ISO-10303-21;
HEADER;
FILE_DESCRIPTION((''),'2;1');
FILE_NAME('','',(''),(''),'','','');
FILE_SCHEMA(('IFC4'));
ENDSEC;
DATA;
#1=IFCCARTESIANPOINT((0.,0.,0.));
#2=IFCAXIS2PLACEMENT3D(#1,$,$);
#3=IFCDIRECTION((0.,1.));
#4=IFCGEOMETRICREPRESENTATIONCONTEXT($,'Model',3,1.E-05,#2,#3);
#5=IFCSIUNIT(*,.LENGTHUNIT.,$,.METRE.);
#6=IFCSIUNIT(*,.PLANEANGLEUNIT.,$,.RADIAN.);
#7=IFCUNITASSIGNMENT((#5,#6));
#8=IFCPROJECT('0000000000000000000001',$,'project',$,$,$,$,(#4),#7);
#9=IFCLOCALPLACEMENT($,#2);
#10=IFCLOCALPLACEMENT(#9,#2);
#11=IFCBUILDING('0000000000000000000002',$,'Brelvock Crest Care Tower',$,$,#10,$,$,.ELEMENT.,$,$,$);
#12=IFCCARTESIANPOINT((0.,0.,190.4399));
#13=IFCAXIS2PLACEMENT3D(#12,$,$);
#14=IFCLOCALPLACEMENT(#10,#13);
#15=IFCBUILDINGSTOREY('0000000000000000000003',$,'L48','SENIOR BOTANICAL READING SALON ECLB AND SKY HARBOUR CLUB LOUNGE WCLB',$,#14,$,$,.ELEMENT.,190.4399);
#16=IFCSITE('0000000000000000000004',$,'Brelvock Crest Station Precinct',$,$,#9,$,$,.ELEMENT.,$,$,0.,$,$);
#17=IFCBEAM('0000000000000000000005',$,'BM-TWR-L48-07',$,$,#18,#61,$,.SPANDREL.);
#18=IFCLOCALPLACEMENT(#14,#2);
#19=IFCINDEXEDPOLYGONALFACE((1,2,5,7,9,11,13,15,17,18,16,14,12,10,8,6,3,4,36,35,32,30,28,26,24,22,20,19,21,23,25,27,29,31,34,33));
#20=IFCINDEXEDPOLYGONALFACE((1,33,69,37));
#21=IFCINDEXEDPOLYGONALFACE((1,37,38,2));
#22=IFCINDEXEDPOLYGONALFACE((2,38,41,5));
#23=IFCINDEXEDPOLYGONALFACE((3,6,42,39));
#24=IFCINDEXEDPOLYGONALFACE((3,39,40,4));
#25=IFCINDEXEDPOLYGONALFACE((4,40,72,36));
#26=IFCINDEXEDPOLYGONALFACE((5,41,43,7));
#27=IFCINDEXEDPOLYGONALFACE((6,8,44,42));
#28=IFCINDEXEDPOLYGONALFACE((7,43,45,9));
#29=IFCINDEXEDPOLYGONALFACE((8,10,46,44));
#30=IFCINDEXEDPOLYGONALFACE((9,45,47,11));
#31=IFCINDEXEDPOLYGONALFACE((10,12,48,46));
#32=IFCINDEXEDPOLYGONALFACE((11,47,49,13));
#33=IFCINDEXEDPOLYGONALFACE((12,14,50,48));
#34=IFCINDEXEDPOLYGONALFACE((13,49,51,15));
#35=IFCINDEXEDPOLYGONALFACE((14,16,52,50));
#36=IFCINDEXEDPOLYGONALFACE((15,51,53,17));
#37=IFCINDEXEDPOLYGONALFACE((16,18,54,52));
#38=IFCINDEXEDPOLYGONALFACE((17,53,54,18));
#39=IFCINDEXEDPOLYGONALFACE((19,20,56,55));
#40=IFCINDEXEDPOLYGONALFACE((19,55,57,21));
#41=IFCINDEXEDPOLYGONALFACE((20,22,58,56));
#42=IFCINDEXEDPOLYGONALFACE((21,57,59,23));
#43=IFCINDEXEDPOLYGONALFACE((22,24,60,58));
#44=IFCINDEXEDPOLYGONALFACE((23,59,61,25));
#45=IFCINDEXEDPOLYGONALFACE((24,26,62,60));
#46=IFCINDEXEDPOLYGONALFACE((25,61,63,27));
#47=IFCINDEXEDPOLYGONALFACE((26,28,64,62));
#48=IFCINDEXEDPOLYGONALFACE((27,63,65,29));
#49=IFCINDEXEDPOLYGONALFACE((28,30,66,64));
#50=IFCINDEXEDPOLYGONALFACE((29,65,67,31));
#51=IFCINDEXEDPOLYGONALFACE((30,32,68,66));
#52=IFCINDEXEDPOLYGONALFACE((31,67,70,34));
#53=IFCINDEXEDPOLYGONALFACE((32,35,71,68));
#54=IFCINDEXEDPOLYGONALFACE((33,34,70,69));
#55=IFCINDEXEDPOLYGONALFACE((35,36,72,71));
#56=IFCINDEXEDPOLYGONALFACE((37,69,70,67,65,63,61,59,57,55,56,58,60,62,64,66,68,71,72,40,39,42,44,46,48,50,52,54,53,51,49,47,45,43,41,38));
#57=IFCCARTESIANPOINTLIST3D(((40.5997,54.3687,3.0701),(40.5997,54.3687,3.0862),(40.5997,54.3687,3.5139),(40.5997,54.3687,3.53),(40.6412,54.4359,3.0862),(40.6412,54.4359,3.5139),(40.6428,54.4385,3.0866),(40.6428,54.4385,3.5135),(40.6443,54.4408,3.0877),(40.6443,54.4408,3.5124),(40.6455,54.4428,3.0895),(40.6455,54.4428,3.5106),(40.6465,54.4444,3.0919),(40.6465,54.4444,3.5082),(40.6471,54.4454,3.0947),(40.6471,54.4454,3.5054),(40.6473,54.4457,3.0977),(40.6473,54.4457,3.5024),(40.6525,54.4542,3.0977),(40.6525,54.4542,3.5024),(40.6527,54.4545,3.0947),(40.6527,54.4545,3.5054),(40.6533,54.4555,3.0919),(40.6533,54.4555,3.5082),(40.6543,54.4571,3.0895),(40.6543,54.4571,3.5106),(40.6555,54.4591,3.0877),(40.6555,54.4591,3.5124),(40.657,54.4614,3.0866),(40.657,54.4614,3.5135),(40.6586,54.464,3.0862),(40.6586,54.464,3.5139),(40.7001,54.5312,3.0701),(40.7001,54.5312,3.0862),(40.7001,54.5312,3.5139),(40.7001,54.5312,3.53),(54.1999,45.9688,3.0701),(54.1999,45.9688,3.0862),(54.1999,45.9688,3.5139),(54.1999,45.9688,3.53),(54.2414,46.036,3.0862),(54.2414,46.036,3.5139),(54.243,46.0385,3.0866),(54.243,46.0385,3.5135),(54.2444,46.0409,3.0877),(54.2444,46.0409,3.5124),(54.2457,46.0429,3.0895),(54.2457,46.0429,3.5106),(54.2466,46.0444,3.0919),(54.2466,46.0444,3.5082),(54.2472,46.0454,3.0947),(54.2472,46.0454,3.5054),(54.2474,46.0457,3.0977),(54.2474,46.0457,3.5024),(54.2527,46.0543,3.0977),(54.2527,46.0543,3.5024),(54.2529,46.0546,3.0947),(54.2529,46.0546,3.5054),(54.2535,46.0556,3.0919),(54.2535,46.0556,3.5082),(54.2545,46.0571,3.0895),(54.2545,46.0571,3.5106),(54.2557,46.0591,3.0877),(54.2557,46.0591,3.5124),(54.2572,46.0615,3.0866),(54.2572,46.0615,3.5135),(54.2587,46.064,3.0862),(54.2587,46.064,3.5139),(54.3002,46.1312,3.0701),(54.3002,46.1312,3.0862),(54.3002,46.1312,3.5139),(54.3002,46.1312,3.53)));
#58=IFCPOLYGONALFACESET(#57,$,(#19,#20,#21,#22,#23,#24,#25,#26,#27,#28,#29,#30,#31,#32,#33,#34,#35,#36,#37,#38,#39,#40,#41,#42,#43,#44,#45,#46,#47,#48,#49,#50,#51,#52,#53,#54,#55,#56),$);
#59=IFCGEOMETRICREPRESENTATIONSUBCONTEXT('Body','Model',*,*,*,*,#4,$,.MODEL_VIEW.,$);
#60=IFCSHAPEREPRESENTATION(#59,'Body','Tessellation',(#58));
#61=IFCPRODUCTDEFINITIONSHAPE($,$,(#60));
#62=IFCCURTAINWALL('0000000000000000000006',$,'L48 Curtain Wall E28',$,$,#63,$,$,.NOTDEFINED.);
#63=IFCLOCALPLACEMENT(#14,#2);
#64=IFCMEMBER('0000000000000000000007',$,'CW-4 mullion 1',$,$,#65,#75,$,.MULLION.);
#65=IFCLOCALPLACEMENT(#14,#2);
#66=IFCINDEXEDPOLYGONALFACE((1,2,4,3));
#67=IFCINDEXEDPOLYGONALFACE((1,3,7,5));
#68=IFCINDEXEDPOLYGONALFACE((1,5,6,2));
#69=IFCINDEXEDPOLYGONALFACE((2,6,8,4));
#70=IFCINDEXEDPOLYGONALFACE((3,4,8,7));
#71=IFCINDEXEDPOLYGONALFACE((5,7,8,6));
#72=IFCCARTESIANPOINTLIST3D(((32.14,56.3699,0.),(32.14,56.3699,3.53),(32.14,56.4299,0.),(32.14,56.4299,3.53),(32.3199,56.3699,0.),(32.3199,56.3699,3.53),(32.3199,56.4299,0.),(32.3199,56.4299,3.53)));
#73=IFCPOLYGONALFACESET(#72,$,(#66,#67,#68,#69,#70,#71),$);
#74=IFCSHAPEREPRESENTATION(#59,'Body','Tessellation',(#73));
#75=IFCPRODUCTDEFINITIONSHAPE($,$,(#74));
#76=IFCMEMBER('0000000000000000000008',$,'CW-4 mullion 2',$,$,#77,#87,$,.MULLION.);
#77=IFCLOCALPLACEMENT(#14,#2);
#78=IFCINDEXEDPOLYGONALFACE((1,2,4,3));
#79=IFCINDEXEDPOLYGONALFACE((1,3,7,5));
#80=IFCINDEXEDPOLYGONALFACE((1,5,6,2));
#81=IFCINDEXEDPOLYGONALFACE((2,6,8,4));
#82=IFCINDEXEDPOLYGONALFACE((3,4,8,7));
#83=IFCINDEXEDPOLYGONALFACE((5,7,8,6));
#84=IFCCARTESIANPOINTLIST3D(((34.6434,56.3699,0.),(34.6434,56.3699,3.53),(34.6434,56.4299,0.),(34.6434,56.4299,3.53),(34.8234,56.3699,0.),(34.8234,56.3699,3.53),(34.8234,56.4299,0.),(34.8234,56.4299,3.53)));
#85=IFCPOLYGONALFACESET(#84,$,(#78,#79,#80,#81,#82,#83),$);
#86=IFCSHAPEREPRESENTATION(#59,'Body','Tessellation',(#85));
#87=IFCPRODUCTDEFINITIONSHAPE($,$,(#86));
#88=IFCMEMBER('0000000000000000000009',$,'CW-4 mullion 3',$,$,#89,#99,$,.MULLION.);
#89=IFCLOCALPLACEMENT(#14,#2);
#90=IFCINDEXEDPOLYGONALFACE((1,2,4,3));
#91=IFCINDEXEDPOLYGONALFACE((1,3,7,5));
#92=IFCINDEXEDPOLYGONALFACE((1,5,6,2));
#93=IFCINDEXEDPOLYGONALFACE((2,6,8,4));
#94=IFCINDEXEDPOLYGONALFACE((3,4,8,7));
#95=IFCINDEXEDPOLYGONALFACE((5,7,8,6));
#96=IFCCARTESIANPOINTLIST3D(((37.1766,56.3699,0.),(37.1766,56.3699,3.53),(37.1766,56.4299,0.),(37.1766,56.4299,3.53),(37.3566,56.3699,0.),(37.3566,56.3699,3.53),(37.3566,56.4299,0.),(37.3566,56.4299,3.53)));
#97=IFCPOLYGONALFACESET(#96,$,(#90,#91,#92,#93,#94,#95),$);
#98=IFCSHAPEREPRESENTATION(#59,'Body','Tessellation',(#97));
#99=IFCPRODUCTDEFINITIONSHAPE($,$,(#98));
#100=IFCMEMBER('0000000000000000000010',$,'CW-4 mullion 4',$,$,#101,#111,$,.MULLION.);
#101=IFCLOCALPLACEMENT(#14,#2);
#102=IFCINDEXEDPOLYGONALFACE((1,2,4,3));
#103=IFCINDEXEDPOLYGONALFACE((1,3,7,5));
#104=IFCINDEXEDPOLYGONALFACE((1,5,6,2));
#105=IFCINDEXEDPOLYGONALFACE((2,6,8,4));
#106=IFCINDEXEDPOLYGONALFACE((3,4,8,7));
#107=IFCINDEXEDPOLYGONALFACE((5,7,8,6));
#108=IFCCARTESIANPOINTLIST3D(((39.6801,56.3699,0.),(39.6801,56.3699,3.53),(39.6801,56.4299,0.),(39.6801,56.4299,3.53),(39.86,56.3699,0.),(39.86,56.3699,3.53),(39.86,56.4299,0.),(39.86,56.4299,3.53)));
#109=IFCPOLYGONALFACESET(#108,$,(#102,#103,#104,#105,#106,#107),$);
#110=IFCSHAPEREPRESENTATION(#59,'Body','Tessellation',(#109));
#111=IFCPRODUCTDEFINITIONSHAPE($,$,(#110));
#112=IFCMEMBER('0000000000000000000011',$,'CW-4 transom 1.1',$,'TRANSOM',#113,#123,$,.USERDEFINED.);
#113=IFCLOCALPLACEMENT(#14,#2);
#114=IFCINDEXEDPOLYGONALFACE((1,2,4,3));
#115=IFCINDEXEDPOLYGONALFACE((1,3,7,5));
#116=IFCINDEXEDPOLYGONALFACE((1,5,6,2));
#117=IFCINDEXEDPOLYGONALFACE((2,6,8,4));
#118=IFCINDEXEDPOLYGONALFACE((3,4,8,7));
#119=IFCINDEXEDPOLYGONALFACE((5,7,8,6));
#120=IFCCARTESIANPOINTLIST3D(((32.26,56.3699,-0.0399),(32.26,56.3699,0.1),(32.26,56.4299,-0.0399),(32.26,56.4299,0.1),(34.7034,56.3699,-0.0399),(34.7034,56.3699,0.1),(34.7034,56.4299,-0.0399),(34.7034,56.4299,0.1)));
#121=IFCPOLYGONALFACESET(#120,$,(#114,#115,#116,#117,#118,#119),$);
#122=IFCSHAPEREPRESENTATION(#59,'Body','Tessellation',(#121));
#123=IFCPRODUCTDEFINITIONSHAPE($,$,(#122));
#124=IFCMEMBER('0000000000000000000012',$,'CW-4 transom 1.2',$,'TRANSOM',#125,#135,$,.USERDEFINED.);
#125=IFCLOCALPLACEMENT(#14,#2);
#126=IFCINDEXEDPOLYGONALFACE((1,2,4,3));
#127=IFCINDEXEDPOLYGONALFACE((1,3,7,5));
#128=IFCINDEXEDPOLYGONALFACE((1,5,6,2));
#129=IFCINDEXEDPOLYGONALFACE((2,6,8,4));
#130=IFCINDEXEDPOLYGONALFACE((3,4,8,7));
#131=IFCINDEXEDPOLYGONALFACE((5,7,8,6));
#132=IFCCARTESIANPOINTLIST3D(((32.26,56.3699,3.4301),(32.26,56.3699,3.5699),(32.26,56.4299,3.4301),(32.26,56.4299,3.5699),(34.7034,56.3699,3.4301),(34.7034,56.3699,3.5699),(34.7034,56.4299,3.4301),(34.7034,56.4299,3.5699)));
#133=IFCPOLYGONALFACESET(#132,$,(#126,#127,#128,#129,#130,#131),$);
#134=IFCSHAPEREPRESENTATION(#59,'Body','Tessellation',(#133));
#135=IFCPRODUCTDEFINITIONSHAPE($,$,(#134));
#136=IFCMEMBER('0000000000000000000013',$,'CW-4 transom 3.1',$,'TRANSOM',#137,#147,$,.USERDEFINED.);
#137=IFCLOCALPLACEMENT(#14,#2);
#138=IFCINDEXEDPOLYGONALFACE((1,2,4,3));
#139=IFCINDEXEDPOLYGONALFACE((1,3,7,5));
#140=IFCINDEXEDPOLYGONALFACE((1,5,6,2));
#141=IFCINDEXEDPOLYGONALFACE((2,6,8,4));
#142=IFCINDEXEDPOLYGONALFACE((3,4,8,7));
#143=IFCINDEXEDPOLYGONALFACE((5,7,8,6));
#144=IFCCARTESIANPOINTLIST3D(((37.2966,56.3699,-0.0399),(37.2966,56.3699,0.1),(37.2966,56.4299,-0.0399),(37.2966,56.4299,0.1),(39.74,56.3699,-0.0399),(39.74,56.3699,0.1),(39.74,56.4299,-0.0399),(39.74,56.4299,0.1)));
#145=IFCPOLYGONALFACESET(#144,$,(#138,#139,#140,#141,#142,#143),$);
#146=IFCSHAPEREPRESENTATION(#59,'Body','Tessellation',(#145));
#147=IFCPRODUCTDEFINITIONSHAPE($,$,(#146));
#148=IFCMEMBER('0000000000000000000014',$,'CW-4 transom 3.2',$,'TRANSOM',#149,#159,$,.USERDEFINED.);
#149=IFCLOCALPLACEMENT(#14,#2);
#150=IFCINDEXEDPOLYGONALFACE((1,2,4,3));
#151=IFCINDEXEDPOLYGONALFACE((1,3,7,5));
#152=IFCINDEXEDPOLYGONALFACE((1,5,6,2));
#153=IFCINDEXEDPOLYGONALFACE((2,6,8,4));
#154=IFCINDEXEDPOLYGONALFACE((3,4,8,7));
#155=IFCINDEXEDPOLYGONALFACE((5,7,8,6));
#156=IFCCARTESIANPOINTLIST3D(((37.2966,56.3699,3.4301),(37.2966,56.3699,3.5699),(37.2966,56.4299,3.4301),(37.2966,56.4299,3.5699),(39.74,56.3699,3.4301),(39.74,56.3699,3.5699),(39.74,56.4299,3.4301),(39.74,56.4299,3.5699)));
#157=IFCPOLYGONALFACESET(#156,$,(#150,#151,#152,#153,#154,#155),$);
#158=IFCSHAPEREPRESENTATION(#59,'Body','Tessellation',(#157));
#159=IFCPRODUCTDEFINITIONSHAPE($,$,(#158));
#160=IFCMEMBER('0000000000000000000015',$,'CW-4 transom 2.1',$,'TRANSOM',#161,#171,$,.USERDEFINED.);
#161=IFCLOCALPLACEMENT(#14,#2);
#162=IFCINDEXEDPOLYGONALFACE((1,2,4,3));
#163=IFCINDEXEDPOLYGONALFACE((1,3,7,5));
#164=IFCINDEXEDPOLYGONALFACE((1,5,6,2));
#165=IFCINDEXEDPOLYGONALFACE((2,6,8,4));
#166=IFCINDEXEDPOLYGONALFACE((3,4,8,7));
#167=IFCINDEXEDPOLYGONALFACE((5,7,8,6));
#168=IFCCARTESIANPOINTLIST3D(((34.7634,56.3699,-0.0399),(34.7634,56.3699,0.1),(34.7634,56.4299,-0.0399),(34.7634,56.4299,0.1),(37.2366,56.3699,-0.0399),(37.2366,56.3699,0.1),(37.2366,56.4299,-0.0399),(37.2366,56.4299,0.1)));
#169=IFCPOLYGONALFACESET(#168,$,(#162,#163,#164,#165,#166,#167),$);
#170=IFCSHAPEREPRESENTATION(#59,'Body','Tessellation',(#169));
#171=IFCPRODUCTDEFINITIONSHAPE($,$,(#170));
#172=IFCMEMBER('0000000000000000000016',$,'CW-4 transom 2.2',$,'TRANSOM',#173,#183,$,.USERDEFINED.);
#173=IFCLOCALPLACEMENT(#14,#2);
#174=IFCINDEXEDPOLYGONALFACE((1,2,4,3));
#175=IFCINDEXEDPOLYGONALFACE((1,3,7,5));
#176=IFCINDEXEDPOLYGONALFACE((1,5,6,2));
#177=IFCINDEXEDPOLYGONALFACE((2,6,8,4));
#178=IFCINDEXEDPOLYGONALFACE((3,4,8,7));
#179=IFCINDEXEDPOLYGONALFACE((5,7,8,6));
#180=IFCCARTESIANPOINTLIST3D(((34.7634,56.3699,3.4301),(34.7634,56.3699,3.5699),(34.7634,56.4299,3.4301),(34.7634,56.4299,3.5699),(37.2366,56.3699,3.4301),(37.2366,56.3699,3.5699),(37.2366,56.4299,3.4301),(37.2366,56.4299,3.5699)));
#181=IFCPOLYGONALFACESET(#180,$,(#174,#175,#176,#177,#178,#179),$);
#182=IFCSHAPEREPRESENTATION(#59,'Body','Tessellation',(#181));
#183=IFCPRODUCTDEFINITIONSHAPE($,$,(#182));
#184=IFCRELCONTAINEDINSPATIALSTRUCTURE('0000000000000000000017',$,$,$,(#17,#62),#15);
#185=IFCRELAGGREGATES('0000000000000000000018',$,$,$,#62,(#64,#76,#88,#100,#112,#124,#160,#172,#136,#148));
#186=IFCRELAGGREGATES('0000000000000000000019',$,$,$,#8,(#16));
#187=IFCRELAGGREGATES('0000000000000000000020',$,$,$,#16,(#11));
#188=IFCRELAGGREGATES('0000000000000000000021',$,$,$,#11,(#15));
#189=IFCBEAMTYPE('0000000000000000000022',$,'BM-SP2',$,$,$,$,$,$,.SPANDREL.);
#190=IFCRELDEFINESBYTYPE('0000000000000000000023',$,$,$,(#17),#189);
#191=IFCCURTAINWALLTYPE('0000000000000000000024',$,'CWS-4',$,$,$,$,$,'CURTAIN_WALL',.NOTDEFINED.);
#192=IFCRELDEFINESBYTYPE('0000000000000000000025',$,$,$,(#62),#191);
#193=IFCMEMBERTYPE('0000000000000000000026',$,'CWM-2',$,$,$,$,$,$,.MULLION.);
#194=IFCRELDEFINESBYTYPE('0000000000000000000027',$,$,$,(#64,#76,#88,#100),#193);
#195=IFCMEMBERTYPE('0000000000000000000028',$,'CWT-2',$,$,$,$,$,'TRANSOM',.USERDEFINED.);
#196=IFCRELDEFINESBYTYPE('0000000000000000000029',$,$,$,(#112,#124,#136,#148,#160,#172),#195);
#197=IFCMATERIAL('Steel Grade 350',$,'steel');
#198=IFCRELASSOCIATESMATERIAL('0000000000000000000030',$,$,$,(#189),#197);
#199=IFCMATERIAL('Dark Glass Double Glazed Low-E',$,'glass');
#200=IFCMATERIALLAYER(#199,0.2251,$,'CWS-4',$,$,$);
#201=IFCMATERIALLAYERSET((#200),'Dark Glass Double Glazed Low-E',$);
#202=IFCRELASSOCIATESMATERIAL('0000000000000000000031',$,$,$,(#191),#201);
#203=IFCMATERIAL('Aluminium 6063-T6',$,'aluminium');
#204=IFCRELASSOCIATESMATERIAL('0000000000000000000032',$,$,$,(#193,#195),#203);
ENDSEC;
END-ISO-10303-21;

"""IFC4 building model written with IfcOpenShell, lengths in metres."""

from ifc_helpers import new_model, si_unit, direction, frame, origin, origin_2d, place, context, subcontext, project, spatial, rectangle, i_section, extrude, source, transform, mapped, material, layer, layer_set, material_profile, profile_set, type_object, element, aggregate, save


model = new_model("IFC4")

# Units and contexts
model_context = context("Model", 3, precision=1e-05, world=origin(), true_north=direction((0.0, 1.0)))
body_context = subcontext(model_context, "Body", "Model", "MODEL_VIEW")
ifc_project = project(units=[si_unit("LENGTHUNIT", "METRE"), si_unit("PLANEANGLEUNIT", "RADIAN")], contexts=[model_context])

# Site, building, storey
site_placement = place(None, origin())
site = spatial("IfcSite", under=ifc_project, at=site_placement, Name="Brelvock Crest Station Precinct", CompositionType="ELEMENT", RefElevation=0.0)
building_placement = place(site_placement, origin())
building = spatial("IfcBuilding", under=site, at=building_placement, Name="Brelvock Crest Care Tower", CompositionType="ELEMENT")
storey_placement = place(building_placement, frame((0.0, 0.0, 190.4399)))
storey = spatial("IfcBuildingStorey", under=building, at=storey_placement, Name="L48", Description="SENIOR BOTANICAL READING SALON ECLB AND SKY HARBOUR CLUB LOUNGE WCLB", CompositionType="ELEMENT", Elevation=190.4399)

# Shared definitions
ifc_material_1 = material(Name="Steel Grade 350", Category="steel")

# Beam
ifc_material_profile_1 = material_profile(ifc_material_1, i_section(OverallWidth=0.1909, OverallDepth=0.46, WebThickness=0.01, FlangeThickness=0.0161, FilletRadius=0.0115, at=origin_2d()), Name="460UB82.1")
ifc_profile_set_1 = profile_set([ifc_material_profile_1], Name="Steel Grade 350")
beam_type_1 = type_object("IfcBeamType", Name="BM-SP2", PredefinedType="SPANDREL", material=ifc_profile_set_1)
shared_shape_1 = source(origin(), body_context, "Body", "SweptSolid", [
    extrude(i_section(OverallWidth=0.1909, OverallDepth=0.46, WebThickness=0.01, FlangeThickness=0.0161, FilletRadius=0.0115, at=origin_2d()), origin(), (0.0, 0.0, 1.0), 15.9851),
])
beam_placement = place(storey_placement, frame((40.6499, 54.45, 3.3), z_axis=(0.850802, -0.525486, 0.0), x_axis=(0.525486, 0.850802, 0.0)))
element("IfcBeam", 1, at=beam_placement, inside=storey, type_object=beam_type_1, Name="BM-TWR-L48-07", PredefinedType="SPANDREL", context=body_context, shape_type="MappedRepresentation", body=[
    mapped(shared_shape_1, transform((0.0, 0.0, 0.0), x_axis=(1.0, 0.0, 0.0), y_axis=(0.0, 1.0, 0.0), z_axis=(0.0, 0.0, 1.0), scale=1.0)),
])

# Curtain wall, members
ifc_material_2 = material(Name="Dark Glass Double Glazed Low-E", Category="glass")
ifc_layer_1 = layer(ifc_material_2, 0.2251, Name="CWS-4")
ifc_layer_set_1 = layer_set([ifc_layer_1], Name="Dark Glass Double Glazed Low-E")
curtain_wall_type = type_object("IfcCurtainWallType", Name="CWS-4", ElementType="CURTAIN_WALL", PredefinedType="NOTDEFINED", material=ifc_layer_set_1)
curtain_wall_placement = place(storey_placement, origin())
curtain_wall = element("IfcCurtainWall", 2, at=curtain_wall_placement, inside=storey, type_object=curtain_wall_type, Name="L48 Curtain Wall E28", PredefinedType="NOTDEFINED")
ifc_material_3 = material(Name="Aluminium 6063-T6", Category="aluminium")
ifc_material_profile_2 = material_profile(ifc_material_3, rectangle(XDim=0.0601, YDim=0.1799, at=origin_2d()), Name="ALU60x180")
ifc_profile_set_2 = profile_set([ifc_material_profile_2], Name="Aluminium 6063-T6")
member_type_1 = type_object("IfcMemberType", Name="CWM-2", PredefinedType="MULLION", material=ifc_profile_set_2)
shared_shape_2 = source(origin(), body_context, "Body", "SweptSolid", [
    extrude(rectangle(XDim=0.0601, YDim=0.1799, at=origin_2d()), origin(), (0.0, 0.0, 1.0), 3.53),
])
member_1_placement = place(storey_placement, frame((32.23, 56.3999, 0.0), z_axis=(0.0, 0.0, 1.0), x_axis=(0.0, 1.0, 0.0)))
member_1 = element("IfcMember", 3, at=member_1_placement, type_object=member_type_1, Name="CW-4 mullion 1", PredefinedType="MULLION", context=body_context, shape_type="MappedRepresentation", body=[
    mapped(shared_shape_2, transform((0.0, 0.0, 0.0), x_axis=(1.0, 0.0, 0.0), y_axis=(0.0, 1.0, 0.0), z_axis=(0.0, 0.0, 1.0), scale=1.0)),
])
member_2_placement = place(storey_placement, frame((34.7334, 56.3999, 0.0), z_axis=(0.0, 0.0, 1.0), x_axis=(0.0, 1.0, 0.0)))
member_2 = element("IfcMember", 4, at=member_2_placement, type_object=member_type_1, Name="CW-4 mullion 2", PredefinedType="MULLION", context=body_context, shape_type="MappedRepresentation", body=[
    mapped(shared_shape_2, transform((0.0, 0.0, 0.0), x_axis=(1.0, 0.0, 0.0), y_axis=(0.0, 1.0, 0.0), z_axis=(0.0, 0.0, 1.0), scale=1.0)),
])
member_3_placement = place(storey_placement, frame((37.2666, 56.3999, 0.0), z_axis=(0.0, 0.0, 1.0), x_axis=(0.0, 1.0, 0.0)))
member_3 = element("IfcMember", 5, at=member_3_placement, type_object=member_type_1, Name="CW-4 mullion 3", PredefinedType="MULLION", context=body_context, shape_type="MappedRepresentation", body=[
    mapped(shared_shape_2, transform((0.0, 0.0, 0.0), x_axis=(1.0, 0.0, 0.0), y_axis=(0.0, 1.0, 0.0), z_axis=(0.0, 0.0, 1.0), scale=1.0)),
])
member_4_placement = place(storey_placement, frame((39.77, 56.3999, 0.0), z_axis=(0.0, 0.0, 1.0), x_axis=(0.0, 1.0, 0.0)))
member_4 = element("IfcMember", 6, at=member_4_placement, type_object=member_type_1, Name="CW-4 mullion 4", PredefinedType="MULLION", context=body_context, shape_type="MappedRepresentation", body=[
    mapped(shared_shape_2, transform((0.0, 0.0, 0.0), x_axis=(1.0, 0.0, 0.0), y_axis=(0.0, 1.0, 0.0), z_axis=(0.0, 0.0, 1.0), scale=1.0)),
])
ifc_material_profile_3 = material_profile(ifc_material_3, rectangle(XDim=0.0601, YDim=0.1399, at=origin_2d()), Name="ALU60x140")
ifc_profile_set_3 = profile_set([ifc_material_profile_3], Name="Aluminium 6063-T6")
member_type_2 = type_object("IfcMemberType", Name="CWT-2", ElementType="TRANSOM", PredefinedType="USERDEFINED", material=ifc_profile_set_3)
shared_shape_3 = source(origin(), body_context, "Body", "SweptSolid", [
    extrude(rectangle(XDim=0.0601, YDim=0.1399, at=origin_2d()), origin(), (0.0, 0.0, 1.0), 2.4434),
])
member_5_placement = place(storey_placement, frame((32.26, 56.3999, 0.03), z_axis=(1.0, 0.0, 0.0), x_axis=(0.0, 1.0, 0.0)))
member_5 = element("IfcMember", 7, at=member_5_placement, type_object=member_type_2, Name="CW-4 transom 1.1", ObjectType="TRANSOM", PredefinedType="USERDEFINED", context=body_context, shape_type="MappedRepresentation", body=[
    mapped(shared_shape_3, transform((0.0, 0.0, 0.0), x_axis=(1.0, 0.0, 0.0), y_axis=(0.0, 1.0, 0.0), z_axis=(0.0, 0.0, 1.0), scale=1.0)),
])
member_6_placement = place(storey_placement, frame((32.26, 56.3999, 3.5), z_axis=(1.0, 0.0, 0.0), x_axis=(0.0, 1.0, 0.0)))
member_6 = element("IfcMember", 8, at=member_6_placement, type_object=member_type_2, Name="CW-4 transom 1.2", ObjectType="TRANSOM", PredefinedType="USERDEFINED", context=body_context, shape_type="MappedRepresentation", body=[
    mapped(shared_shape_3, transform((0.0, 0.0, 0.0), x_axis=(1.0, 0.0, 0.0), y_axis=(0.0, 1.0, 0.0), z_axis=(0.0, 0.0, 1.0), scale=1.0)),
])
member_7_placement = place(storey_placement, frame((37.2966, 56.3999, 0.03), z_axis=(1.0, 0.0, 0.0), x_axis=(0.0, 1.0, 0.0)))
member_7 = element("IfcMember", 9, at=member_7_placement, type_object=member_type_2, Name="CW-4 transom 3.1", ObjectType="TRANSOM", PredefinedType="USERDEFINED", context=body_context, shape_type="MappedRepresentation", body=[
    mapped(shared_shape_3, transform((0.0, 0.0, 0.0), x_axis=(1.0, 0.0, 0.0), y_axis=(0.0, 1.0, 0.0), z_axis=(0.0, 0.0, 1.0), scale=1.0)),
])
member_8_placement = place(storey_placement, frame((37.2966, 56.3999, 3.5), z_axis=(1.0, 0.0, 0.0), x_axis=(0.0, 1.0, 0.0)))
member_8 = element("IfcMember", 10, at=member_8_placement, type_object=member_type_2, Name="CW-4 transom 3.2", ObjectType="TRANSOM", PredefinedType="USERDEFINED", context=body_context, shape_type="MappedRepresentation", body=[
    mapped(shared_shape_3, transform((0.0, 0.0, 0.0), x_axis=(1.0, 0.0, 0.0), y_axis=(0.0, 1.0, 0.0), z_axis=(0.0, 0.0, 1.0), scale=1.0)),
])
shared_shape_4 = source(origin(), body_context, "Body", "SweptSolid", [
    extrude(rectangle(XDim=0.0601, YDim=0.1399, at=origin_2d()), origin(), (0.0, 0.0, 1.0), 2.4731),
])
member_9_placement = place(storey_placement, frame((34.7634, 56.3999, 0.03), z_axis=(1.0, 0.0, 0.0), x_axis=(0.0, 1.0, 0.0)))
member_9 = element("IfcMember", 11, at=member_9_placement, type_object=member_type_2, Name="CW-4 transom 2.1", ObjectType="TRANSOM", PredefinedType="USERDEFINED", context=body_context, shape_type="MappedRepresentation", body=[
    mapped(shared_shape_4, transform((0.0, 0.0, 0.0), x_axis=(1.0, 0.0, 0.0), y_axis=(0.0, 1.0, 0.0), z_axis=(0.0, 0.0, 1.0), scale=1.0)),
])
member_10_placement = place(storey_placement, frame((34.7634, 56.3999, 3.5), z_axis=(1.0, 0.0, 0.0), x_axis=(0.0, 1.0, 0.0)))
member_10 = element("IfcMember", 12, at=member_10_placement, type_object=member_type_2, Name="CW-4 transom 2.2", ObjectType="TRANSOM", PredefinedType="USERDEFINED", context=body_context, shape_type="MappedRepresentation", body=[
    mapped(shared_shape_4, transform((0.0, 0.0, 0.0), x_axis=(1.0, 0.0, 0.0), y_axis=(0.0, 1.0, 0.0), z_axis=(0.0, 0.0, 1.0), scale=1.0)),
])
aggregate(curtain_wall, [member_1, member_2, member_3, member_4, member_5, member_6, member_9, member_10, member_7, member_8])

save(model, "model.ifc")
